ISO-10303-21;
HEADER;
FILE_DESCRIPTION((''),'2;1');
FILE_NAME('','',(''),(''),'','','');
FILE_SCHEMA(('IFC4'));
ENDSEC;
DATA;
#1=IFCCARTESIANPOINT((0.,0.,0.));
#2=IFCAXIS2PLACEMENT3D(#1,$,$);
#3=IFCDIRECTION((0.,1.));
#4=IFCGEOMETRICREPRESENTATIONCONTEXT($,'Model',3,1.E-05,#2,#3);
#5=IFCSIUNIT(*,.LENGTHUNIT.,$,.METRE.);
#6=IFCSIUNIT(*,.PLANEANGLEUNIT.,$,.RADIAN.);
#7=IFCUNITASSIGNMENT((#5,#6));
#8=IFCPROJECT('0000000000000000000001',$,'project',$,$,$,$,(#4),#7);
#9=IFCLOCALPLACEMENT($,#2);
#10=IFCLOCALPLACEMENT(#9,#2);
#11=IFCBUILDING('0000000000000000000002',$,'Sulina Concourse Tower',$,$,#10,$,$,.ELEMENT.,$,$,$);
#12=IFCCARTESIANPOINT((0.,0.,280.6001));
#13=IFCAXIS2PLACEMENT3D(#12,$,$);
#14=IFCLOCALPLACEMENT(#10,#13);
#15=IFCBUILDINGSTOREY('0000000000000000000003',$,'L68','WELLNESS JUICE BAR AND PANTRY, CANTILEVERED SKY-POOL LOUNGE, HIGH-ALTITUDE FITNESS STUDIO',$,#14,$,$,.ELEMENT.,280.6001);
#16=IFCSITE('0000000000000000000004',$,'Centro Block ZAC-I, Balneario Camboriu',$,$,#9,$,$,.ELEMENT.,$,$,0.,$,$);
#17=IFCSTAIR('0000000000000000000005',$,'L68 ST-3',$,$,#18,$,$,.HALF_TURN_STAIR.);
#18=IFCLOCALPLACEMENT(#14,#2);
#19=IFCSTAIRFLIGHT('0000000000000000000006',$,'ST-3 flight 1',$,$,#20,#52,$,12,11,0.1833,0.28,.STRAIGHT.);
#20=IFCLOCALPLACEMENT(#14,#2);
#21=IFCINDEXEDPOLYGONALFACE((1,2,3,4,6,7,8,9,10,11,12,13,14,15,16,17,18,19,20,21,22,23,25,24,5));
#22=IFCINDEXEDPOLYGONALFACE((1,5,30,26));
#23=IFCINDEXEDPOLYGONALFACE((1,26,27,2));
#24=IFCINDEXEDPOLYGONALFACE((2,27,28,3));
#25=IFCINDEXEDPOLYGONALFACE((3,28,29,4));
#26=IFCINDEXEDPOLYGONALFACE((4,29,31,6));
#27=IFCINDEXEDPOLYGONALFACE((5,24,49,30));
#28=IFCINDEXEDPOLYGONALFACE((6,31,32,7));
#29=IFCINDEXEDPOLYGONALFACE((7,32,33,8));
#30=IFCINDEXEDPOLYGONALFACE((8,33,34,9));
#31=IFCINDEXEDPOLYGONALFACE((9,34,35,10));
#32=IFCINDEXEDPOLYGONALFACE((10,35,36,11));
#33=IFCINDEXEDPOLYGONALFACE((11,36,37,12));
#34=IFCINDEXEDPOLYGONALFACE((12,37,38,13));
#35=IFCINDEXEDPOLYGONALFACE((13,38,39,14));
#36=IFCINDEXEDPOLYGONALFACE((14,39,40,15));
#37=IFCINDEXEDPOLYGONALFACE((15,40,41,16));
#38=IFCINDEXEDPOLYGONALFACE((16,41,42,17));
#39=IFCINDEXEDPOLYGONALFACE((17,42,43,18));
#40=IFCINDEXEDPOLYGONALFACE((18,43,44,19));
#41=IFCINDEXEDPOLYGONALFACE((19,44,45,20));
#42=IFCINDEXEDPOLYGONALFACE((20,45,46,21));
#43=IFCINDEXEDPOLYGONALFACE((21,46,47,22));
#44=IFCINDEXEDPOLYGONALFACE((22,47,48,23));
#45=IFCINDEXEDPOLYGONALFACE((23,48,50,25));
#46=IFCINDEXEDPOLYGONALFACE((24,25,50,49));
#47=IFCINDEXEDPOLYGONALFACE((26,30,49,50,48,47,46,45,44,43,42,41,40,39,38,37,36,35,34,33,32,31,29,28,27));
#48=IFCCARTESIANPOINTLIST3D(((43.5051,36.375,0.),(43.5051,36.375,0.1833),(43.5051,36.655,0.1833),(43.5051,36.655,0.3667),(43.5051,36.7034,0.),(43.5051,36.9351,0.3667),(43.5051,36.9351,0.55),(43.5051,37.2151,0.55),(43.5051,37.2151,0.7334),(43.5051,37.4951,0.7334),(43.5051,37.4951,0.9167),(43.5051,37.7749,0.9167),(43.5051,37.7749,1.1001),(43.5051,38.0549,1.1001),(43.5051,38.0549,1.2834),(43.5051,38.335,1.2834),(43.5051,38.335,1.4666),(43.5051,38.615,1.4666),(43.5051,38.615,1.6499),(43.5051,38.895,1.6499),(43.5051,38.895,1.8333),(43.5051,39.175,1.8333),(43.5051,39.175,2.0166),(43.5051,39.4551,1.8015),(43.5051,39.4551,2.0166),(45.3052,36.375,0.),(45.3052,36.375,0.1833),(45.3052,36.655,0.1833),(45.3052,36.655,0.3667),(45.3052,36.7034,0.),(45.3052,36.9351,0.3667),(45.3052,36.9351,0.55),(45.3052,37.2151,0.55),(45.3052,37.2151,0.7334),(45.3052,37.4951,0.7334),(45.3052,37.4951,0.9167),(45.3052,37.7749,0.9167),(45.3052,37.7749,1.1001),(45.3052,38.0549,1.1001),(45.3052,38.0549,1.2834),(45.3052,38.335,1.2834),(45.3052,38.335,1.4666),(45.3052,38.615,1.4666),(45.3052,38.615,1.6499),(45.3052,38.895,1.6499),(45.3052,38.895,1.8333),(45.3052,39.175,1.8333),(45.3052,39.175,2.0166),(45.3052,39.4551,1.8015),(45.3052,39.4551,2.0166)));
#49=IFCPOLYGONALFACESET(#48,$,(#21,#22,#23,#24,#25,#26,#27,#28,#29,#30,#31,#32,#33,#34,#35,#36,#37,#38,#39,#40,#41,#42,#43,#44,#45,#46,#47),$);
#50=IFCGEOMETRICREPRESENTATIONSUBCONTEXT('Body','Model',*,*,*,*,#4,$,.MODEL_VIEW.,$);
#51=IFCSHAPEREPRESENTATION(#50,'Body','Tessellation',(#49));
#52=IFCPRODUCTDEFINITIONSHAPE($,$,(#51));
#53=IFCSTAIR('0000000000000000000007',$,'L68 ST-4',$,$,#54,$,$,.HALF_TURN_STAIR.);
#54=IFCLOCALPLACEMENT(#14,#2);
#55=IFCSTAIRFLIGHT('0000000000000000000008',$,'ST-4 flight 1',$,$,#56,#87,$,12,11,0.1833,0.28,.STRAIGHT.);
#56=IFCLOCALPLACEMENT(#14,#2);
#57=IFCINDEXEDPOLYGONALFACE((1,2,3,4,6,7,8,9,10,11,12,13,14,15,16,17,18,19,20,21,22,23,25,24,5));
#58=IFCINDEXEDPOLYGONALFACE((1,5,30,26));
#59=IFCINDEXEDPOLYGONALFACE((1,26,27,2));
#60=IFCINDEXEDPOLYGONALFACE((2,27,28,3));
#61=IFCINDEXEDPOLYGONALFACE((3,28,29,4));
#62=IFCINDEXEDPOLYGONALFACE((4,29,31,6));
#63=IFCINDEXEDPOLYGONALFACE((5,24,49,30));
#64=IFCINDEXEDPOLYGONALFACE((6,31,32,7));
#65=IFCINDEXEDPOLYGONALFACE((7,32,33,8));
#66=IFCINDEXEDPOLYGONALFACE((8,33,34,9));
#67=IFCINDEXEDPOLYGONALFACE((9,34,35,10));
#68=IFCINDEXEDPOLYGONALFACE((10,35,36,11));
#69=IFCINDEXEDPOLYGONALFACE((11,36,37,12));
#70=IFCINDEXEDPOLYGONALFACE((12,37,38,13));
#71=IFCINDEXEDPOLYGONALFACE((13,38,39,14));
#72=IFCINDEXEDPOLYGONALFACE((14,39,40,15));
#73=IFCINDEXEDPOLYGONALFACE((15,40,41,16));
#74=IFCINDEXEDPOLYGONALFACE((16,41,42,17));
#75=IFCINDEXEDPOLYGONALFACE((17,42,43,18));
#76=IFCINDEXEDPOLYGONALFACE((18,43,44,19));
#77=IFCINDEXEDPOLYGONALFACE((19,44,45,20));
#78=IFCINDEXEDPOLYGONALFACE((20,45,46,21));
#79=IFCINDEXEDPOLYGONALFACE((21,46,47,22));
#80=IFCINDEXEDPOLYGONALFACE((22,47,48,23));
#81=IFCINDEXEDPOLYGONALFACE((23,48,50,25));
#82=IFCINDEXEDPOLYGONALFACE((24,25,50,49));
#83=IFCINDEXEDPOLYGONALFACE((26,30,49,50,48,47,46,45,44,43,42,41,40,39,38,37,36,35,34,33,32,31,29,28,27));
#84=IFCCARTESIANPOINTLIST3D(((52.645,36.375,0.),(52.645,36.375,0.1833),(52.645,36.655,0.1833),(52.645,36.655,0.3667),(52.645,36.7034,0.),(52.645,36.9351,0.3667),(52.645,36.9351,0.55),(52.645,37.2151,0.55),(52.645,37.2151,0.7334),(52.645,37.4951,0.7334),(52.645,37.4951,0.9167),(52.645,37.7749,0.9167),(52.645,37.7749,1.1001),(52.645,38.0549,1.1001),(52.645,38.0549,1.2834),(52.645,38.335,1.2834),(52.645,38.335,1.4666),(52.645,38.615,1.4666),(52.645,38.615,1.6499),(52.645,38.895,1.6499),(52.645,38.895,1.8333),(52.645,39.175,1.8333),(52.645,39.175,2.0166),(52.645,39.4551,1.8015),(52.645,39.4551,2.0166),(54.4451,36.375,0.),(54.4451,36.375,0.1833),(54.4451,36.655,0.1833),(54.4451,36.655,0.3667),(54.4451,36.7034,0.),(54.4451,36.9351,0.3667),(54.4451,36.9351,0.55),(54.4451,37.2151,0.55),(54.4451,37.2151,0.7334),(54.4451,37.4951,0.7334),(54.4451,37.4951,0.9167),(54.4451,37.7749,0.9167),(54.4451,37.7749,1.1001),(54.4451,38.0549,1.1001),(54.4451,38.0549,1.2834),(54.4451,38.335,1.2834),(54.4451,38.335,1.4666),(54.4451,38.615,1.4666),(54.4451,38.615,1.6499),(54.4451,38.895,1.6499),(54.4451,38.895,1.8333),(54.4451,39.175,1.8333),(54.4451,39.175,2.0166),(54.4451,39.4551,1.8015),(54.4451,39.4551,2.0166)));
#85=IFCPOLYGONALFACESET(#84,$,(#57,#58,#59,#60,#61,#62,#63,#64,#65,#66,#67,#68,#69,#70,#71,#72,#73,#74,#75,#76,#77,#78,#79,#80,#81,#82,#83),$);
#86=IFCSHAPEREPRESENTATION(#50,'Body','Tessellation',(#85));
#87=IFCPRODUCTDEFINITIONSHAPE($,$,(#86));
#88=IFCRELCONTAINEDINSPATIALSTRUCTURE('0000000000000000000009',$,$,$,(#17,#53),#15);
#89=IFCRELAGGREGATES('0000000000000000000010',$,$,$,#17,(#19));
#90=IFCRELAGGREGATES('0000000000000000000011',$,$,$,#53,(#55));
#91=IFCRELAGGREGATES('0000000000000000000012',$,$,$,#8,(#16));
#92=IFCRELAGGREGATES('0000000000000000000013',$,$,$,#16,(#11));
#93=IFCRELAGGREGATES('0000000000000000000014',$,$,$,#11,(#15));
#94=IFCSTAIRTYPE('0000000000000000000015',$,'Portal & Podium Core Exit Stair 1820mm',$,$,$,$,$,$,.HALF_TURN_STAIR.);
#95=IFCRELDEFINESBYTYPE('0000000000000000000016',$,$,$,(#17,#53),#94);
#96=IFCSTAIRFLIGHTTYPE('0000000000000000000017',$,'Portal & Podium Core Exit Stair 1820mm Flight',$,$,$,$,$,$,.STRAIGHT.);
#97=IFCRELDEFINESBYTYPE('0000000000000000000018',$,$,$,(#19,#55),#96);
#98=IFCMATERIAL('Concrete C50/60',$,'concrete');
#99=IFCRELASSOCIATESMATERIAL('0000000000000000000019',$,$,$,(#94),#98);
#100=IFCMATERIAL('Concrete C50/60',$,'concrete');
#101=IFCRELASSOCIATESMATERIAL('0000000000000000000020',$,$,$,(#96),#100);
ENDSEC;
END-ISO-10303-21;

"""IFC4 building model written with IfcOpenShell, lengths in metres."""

from ifc_helpers import new_model, si_unit, direction, frame, origin, place, context, subcontext, project, spatial, polyline, outline, extrude, material, type_object, element, aggregate, save


model = new_model("IFC4")

# Units and contexts
model_context = context("Model", 3, precision=1e-05, world=origin(), true_north=direction((0.0, 1.0)))
body_context = subcontext(model_context, "Body", "Model", "MODEL_VIEW")
ifc_project = project(units=[si_unit("LENGTHUNIT", "METRE"), si_unit("PLANEANGLEUNIT", "RADIAN")], contexts=[model_context])

# Site, building, storey
site_placement = place(None, origin())
site = spatial("IfcSite", under=ifc_project, at=site_placement, Name="Centro Block ZAC-I, Balneario Camboriu", CompositionType="ELEMENT", RefElevation=0.0)
building_placement = place(site_placement, origin())
building = spatial("IfcBuilding", under=site, at=building_placement, Name="Sulina Concourse Tower", CompositionType="ELEMENT")
storey_placement = place(building_placement, frame((0.0, 0.0, 280.6001)))
storey = spatial("IfcBuildingStorey", under=building, at=storey_placement, Name="L68", Description="WELLNESS JUICE BAR AND PANTRY, CANTILEVERED SKY-POOL LOUNGE, HIGH-ALTITUDE FITNESS STUDIO", CompositionType="ELEMENT", Elevation=280.6001)

# Stairs, stair flights
ifc_material_1 = material(Name="Concrete C50/60", Category="concrete")
stair_type = type_object("IfcStairType", Name="Portal & Podium Core Exit Stair 1820mm", PredefinedType="HALF_TURN_STAIR", material=ifc_material_1)
stair_1_placement = place(storey_placement, origin())
stair_1 = element("IfcStair", 1, at=stair_1_placement, inside=storey, type_object=stair_type, Name="L68 ST-3", PredefinedType="HALF_TURN_STAIR")
ifc_material_2 = material(Name="Concrete C50/60", Category="concrete")
stair_flight_type = type_object("IfcStairFlightType", Name="Portal & Podium Core Exit Stair 1820mm Flight", PredefinedType="STRAIGHT", material=ifc_material_2)
stair_flight_1_placement = place(storey_placement, frame((44.405, 36.375, 0.0), z_axis=(0.0, 0.0, 1.0), x_axis=(0.0, 1.0, 0.0)))
stair_flight_1 = element("IfcStairFlight", 2, at=stair_flight_1_placement, type_object=stair_flight_type, Name="ST-3 flight 1", NumberOfRisers=12, NumberOfTreads=11, PredefinedType="STRAIGHT", RiserHeight=0.1833, TreadLength=0.28, context=body_context, shape_type="SweptSolid", body=[
    extrude(outline(polyline([(0.0, 0.0), (0.0, 0.1833), (0.28, 0.1833), (0.28, 0.3667), (0.5601, 0.3667), (0.5601, 0.55), (0.8401, 0.55), (0.8401, 0.7334), (1.1201, 0.7334), (1.1201, 0.9167), (1.3999, 0.9167), (1.3999, 1.1001), (1.6799, 1.1001), (1.6799, 1.2834), (1.96, 1.2834), (1.96, 1.4666), (2.24, 1.4666), (2.24, 1.6499), (2.52, 1.6499), (2.52, 1.8333), (2.8, 1.8333), (2.8, 2.0166), (3.0801, 2.0166), (3.0801, 2.2), (3.0801, 1.8015), (0.3284, 0.0), (0.0, 0.0)])), frame((0.0, 0.8999, 0.0), z_axis=(0.0, -1.0, 0.0), x_axis=(1.0, 0.0, 0.0)), (0.0, 0.0, 1.0), 1.8),
])
aggregate(stair_1, [stair_flight_1])
stair_2_placement = place(storey_placement, origin())
stair_2 = element("IfcStair", 3, at=stair_2_placement, inside=storey, type_object=stair_type, Name="L68 ST-4", PredefinedType="HALF_TURN_STAIR")
stair_flight_2_placement = place(storey_placement, frame((53.5449, 36.375, 0.0), z_axis=(0.0, 0.0, 1.0), x_axis=(0.0, 1.0, 0.0)))
stair_flight_2 = element("IfcStairFlight", 4, at=stair_flight_2_placement, type_object=stair_flight_type, Name="ST-4 flight 1", NumberOfRisers=12, NumberOfTreads=11, PredefinedType="STRAIGHT", RiserHeight=0.1833, TreadLength=0.28, context=body_context, shape_type="SweptSolid", body=[
    extrude(outline(polyline([(0.0, 0.0), (0.0, 0.1833), (0.28, 0.1833), (0.28, 0.3667), (0.5601, 0.3667), (0.5601, 0.55), (0.8401, 0.55), (0.8401, 0.7334), (1.1201, 0.7334), (1.1201, 0.9167), (1.3999, 0.9167), (1.3999, 1.1001), (1.6799, 1.1001), (1.6799, 1.2834), (1.96, 1.2834), (1.96, 1.4666), (2.24, 1.4666), (2.24, 1.6499), (2.52, 1.6499), (2.52, 1.8333), (2.8, 1.8333), (2.8, 2.0166), (3.0801, 2.0166), (3.0801, 2.2), (3.0801, 1.8015), (0.3284, 0.0), (0.0, 0.0)])), frame((0.0, 0.8999, 0.0), z_axis=(0.0, -1.0, 0.0), x_axis=(1.0, 0.0, 0.0)), (0.0, 0.0, 1.0), 1.8),
])
aggregate(stair_2, [stair_flight_2])

save(model, "model.ifc")
